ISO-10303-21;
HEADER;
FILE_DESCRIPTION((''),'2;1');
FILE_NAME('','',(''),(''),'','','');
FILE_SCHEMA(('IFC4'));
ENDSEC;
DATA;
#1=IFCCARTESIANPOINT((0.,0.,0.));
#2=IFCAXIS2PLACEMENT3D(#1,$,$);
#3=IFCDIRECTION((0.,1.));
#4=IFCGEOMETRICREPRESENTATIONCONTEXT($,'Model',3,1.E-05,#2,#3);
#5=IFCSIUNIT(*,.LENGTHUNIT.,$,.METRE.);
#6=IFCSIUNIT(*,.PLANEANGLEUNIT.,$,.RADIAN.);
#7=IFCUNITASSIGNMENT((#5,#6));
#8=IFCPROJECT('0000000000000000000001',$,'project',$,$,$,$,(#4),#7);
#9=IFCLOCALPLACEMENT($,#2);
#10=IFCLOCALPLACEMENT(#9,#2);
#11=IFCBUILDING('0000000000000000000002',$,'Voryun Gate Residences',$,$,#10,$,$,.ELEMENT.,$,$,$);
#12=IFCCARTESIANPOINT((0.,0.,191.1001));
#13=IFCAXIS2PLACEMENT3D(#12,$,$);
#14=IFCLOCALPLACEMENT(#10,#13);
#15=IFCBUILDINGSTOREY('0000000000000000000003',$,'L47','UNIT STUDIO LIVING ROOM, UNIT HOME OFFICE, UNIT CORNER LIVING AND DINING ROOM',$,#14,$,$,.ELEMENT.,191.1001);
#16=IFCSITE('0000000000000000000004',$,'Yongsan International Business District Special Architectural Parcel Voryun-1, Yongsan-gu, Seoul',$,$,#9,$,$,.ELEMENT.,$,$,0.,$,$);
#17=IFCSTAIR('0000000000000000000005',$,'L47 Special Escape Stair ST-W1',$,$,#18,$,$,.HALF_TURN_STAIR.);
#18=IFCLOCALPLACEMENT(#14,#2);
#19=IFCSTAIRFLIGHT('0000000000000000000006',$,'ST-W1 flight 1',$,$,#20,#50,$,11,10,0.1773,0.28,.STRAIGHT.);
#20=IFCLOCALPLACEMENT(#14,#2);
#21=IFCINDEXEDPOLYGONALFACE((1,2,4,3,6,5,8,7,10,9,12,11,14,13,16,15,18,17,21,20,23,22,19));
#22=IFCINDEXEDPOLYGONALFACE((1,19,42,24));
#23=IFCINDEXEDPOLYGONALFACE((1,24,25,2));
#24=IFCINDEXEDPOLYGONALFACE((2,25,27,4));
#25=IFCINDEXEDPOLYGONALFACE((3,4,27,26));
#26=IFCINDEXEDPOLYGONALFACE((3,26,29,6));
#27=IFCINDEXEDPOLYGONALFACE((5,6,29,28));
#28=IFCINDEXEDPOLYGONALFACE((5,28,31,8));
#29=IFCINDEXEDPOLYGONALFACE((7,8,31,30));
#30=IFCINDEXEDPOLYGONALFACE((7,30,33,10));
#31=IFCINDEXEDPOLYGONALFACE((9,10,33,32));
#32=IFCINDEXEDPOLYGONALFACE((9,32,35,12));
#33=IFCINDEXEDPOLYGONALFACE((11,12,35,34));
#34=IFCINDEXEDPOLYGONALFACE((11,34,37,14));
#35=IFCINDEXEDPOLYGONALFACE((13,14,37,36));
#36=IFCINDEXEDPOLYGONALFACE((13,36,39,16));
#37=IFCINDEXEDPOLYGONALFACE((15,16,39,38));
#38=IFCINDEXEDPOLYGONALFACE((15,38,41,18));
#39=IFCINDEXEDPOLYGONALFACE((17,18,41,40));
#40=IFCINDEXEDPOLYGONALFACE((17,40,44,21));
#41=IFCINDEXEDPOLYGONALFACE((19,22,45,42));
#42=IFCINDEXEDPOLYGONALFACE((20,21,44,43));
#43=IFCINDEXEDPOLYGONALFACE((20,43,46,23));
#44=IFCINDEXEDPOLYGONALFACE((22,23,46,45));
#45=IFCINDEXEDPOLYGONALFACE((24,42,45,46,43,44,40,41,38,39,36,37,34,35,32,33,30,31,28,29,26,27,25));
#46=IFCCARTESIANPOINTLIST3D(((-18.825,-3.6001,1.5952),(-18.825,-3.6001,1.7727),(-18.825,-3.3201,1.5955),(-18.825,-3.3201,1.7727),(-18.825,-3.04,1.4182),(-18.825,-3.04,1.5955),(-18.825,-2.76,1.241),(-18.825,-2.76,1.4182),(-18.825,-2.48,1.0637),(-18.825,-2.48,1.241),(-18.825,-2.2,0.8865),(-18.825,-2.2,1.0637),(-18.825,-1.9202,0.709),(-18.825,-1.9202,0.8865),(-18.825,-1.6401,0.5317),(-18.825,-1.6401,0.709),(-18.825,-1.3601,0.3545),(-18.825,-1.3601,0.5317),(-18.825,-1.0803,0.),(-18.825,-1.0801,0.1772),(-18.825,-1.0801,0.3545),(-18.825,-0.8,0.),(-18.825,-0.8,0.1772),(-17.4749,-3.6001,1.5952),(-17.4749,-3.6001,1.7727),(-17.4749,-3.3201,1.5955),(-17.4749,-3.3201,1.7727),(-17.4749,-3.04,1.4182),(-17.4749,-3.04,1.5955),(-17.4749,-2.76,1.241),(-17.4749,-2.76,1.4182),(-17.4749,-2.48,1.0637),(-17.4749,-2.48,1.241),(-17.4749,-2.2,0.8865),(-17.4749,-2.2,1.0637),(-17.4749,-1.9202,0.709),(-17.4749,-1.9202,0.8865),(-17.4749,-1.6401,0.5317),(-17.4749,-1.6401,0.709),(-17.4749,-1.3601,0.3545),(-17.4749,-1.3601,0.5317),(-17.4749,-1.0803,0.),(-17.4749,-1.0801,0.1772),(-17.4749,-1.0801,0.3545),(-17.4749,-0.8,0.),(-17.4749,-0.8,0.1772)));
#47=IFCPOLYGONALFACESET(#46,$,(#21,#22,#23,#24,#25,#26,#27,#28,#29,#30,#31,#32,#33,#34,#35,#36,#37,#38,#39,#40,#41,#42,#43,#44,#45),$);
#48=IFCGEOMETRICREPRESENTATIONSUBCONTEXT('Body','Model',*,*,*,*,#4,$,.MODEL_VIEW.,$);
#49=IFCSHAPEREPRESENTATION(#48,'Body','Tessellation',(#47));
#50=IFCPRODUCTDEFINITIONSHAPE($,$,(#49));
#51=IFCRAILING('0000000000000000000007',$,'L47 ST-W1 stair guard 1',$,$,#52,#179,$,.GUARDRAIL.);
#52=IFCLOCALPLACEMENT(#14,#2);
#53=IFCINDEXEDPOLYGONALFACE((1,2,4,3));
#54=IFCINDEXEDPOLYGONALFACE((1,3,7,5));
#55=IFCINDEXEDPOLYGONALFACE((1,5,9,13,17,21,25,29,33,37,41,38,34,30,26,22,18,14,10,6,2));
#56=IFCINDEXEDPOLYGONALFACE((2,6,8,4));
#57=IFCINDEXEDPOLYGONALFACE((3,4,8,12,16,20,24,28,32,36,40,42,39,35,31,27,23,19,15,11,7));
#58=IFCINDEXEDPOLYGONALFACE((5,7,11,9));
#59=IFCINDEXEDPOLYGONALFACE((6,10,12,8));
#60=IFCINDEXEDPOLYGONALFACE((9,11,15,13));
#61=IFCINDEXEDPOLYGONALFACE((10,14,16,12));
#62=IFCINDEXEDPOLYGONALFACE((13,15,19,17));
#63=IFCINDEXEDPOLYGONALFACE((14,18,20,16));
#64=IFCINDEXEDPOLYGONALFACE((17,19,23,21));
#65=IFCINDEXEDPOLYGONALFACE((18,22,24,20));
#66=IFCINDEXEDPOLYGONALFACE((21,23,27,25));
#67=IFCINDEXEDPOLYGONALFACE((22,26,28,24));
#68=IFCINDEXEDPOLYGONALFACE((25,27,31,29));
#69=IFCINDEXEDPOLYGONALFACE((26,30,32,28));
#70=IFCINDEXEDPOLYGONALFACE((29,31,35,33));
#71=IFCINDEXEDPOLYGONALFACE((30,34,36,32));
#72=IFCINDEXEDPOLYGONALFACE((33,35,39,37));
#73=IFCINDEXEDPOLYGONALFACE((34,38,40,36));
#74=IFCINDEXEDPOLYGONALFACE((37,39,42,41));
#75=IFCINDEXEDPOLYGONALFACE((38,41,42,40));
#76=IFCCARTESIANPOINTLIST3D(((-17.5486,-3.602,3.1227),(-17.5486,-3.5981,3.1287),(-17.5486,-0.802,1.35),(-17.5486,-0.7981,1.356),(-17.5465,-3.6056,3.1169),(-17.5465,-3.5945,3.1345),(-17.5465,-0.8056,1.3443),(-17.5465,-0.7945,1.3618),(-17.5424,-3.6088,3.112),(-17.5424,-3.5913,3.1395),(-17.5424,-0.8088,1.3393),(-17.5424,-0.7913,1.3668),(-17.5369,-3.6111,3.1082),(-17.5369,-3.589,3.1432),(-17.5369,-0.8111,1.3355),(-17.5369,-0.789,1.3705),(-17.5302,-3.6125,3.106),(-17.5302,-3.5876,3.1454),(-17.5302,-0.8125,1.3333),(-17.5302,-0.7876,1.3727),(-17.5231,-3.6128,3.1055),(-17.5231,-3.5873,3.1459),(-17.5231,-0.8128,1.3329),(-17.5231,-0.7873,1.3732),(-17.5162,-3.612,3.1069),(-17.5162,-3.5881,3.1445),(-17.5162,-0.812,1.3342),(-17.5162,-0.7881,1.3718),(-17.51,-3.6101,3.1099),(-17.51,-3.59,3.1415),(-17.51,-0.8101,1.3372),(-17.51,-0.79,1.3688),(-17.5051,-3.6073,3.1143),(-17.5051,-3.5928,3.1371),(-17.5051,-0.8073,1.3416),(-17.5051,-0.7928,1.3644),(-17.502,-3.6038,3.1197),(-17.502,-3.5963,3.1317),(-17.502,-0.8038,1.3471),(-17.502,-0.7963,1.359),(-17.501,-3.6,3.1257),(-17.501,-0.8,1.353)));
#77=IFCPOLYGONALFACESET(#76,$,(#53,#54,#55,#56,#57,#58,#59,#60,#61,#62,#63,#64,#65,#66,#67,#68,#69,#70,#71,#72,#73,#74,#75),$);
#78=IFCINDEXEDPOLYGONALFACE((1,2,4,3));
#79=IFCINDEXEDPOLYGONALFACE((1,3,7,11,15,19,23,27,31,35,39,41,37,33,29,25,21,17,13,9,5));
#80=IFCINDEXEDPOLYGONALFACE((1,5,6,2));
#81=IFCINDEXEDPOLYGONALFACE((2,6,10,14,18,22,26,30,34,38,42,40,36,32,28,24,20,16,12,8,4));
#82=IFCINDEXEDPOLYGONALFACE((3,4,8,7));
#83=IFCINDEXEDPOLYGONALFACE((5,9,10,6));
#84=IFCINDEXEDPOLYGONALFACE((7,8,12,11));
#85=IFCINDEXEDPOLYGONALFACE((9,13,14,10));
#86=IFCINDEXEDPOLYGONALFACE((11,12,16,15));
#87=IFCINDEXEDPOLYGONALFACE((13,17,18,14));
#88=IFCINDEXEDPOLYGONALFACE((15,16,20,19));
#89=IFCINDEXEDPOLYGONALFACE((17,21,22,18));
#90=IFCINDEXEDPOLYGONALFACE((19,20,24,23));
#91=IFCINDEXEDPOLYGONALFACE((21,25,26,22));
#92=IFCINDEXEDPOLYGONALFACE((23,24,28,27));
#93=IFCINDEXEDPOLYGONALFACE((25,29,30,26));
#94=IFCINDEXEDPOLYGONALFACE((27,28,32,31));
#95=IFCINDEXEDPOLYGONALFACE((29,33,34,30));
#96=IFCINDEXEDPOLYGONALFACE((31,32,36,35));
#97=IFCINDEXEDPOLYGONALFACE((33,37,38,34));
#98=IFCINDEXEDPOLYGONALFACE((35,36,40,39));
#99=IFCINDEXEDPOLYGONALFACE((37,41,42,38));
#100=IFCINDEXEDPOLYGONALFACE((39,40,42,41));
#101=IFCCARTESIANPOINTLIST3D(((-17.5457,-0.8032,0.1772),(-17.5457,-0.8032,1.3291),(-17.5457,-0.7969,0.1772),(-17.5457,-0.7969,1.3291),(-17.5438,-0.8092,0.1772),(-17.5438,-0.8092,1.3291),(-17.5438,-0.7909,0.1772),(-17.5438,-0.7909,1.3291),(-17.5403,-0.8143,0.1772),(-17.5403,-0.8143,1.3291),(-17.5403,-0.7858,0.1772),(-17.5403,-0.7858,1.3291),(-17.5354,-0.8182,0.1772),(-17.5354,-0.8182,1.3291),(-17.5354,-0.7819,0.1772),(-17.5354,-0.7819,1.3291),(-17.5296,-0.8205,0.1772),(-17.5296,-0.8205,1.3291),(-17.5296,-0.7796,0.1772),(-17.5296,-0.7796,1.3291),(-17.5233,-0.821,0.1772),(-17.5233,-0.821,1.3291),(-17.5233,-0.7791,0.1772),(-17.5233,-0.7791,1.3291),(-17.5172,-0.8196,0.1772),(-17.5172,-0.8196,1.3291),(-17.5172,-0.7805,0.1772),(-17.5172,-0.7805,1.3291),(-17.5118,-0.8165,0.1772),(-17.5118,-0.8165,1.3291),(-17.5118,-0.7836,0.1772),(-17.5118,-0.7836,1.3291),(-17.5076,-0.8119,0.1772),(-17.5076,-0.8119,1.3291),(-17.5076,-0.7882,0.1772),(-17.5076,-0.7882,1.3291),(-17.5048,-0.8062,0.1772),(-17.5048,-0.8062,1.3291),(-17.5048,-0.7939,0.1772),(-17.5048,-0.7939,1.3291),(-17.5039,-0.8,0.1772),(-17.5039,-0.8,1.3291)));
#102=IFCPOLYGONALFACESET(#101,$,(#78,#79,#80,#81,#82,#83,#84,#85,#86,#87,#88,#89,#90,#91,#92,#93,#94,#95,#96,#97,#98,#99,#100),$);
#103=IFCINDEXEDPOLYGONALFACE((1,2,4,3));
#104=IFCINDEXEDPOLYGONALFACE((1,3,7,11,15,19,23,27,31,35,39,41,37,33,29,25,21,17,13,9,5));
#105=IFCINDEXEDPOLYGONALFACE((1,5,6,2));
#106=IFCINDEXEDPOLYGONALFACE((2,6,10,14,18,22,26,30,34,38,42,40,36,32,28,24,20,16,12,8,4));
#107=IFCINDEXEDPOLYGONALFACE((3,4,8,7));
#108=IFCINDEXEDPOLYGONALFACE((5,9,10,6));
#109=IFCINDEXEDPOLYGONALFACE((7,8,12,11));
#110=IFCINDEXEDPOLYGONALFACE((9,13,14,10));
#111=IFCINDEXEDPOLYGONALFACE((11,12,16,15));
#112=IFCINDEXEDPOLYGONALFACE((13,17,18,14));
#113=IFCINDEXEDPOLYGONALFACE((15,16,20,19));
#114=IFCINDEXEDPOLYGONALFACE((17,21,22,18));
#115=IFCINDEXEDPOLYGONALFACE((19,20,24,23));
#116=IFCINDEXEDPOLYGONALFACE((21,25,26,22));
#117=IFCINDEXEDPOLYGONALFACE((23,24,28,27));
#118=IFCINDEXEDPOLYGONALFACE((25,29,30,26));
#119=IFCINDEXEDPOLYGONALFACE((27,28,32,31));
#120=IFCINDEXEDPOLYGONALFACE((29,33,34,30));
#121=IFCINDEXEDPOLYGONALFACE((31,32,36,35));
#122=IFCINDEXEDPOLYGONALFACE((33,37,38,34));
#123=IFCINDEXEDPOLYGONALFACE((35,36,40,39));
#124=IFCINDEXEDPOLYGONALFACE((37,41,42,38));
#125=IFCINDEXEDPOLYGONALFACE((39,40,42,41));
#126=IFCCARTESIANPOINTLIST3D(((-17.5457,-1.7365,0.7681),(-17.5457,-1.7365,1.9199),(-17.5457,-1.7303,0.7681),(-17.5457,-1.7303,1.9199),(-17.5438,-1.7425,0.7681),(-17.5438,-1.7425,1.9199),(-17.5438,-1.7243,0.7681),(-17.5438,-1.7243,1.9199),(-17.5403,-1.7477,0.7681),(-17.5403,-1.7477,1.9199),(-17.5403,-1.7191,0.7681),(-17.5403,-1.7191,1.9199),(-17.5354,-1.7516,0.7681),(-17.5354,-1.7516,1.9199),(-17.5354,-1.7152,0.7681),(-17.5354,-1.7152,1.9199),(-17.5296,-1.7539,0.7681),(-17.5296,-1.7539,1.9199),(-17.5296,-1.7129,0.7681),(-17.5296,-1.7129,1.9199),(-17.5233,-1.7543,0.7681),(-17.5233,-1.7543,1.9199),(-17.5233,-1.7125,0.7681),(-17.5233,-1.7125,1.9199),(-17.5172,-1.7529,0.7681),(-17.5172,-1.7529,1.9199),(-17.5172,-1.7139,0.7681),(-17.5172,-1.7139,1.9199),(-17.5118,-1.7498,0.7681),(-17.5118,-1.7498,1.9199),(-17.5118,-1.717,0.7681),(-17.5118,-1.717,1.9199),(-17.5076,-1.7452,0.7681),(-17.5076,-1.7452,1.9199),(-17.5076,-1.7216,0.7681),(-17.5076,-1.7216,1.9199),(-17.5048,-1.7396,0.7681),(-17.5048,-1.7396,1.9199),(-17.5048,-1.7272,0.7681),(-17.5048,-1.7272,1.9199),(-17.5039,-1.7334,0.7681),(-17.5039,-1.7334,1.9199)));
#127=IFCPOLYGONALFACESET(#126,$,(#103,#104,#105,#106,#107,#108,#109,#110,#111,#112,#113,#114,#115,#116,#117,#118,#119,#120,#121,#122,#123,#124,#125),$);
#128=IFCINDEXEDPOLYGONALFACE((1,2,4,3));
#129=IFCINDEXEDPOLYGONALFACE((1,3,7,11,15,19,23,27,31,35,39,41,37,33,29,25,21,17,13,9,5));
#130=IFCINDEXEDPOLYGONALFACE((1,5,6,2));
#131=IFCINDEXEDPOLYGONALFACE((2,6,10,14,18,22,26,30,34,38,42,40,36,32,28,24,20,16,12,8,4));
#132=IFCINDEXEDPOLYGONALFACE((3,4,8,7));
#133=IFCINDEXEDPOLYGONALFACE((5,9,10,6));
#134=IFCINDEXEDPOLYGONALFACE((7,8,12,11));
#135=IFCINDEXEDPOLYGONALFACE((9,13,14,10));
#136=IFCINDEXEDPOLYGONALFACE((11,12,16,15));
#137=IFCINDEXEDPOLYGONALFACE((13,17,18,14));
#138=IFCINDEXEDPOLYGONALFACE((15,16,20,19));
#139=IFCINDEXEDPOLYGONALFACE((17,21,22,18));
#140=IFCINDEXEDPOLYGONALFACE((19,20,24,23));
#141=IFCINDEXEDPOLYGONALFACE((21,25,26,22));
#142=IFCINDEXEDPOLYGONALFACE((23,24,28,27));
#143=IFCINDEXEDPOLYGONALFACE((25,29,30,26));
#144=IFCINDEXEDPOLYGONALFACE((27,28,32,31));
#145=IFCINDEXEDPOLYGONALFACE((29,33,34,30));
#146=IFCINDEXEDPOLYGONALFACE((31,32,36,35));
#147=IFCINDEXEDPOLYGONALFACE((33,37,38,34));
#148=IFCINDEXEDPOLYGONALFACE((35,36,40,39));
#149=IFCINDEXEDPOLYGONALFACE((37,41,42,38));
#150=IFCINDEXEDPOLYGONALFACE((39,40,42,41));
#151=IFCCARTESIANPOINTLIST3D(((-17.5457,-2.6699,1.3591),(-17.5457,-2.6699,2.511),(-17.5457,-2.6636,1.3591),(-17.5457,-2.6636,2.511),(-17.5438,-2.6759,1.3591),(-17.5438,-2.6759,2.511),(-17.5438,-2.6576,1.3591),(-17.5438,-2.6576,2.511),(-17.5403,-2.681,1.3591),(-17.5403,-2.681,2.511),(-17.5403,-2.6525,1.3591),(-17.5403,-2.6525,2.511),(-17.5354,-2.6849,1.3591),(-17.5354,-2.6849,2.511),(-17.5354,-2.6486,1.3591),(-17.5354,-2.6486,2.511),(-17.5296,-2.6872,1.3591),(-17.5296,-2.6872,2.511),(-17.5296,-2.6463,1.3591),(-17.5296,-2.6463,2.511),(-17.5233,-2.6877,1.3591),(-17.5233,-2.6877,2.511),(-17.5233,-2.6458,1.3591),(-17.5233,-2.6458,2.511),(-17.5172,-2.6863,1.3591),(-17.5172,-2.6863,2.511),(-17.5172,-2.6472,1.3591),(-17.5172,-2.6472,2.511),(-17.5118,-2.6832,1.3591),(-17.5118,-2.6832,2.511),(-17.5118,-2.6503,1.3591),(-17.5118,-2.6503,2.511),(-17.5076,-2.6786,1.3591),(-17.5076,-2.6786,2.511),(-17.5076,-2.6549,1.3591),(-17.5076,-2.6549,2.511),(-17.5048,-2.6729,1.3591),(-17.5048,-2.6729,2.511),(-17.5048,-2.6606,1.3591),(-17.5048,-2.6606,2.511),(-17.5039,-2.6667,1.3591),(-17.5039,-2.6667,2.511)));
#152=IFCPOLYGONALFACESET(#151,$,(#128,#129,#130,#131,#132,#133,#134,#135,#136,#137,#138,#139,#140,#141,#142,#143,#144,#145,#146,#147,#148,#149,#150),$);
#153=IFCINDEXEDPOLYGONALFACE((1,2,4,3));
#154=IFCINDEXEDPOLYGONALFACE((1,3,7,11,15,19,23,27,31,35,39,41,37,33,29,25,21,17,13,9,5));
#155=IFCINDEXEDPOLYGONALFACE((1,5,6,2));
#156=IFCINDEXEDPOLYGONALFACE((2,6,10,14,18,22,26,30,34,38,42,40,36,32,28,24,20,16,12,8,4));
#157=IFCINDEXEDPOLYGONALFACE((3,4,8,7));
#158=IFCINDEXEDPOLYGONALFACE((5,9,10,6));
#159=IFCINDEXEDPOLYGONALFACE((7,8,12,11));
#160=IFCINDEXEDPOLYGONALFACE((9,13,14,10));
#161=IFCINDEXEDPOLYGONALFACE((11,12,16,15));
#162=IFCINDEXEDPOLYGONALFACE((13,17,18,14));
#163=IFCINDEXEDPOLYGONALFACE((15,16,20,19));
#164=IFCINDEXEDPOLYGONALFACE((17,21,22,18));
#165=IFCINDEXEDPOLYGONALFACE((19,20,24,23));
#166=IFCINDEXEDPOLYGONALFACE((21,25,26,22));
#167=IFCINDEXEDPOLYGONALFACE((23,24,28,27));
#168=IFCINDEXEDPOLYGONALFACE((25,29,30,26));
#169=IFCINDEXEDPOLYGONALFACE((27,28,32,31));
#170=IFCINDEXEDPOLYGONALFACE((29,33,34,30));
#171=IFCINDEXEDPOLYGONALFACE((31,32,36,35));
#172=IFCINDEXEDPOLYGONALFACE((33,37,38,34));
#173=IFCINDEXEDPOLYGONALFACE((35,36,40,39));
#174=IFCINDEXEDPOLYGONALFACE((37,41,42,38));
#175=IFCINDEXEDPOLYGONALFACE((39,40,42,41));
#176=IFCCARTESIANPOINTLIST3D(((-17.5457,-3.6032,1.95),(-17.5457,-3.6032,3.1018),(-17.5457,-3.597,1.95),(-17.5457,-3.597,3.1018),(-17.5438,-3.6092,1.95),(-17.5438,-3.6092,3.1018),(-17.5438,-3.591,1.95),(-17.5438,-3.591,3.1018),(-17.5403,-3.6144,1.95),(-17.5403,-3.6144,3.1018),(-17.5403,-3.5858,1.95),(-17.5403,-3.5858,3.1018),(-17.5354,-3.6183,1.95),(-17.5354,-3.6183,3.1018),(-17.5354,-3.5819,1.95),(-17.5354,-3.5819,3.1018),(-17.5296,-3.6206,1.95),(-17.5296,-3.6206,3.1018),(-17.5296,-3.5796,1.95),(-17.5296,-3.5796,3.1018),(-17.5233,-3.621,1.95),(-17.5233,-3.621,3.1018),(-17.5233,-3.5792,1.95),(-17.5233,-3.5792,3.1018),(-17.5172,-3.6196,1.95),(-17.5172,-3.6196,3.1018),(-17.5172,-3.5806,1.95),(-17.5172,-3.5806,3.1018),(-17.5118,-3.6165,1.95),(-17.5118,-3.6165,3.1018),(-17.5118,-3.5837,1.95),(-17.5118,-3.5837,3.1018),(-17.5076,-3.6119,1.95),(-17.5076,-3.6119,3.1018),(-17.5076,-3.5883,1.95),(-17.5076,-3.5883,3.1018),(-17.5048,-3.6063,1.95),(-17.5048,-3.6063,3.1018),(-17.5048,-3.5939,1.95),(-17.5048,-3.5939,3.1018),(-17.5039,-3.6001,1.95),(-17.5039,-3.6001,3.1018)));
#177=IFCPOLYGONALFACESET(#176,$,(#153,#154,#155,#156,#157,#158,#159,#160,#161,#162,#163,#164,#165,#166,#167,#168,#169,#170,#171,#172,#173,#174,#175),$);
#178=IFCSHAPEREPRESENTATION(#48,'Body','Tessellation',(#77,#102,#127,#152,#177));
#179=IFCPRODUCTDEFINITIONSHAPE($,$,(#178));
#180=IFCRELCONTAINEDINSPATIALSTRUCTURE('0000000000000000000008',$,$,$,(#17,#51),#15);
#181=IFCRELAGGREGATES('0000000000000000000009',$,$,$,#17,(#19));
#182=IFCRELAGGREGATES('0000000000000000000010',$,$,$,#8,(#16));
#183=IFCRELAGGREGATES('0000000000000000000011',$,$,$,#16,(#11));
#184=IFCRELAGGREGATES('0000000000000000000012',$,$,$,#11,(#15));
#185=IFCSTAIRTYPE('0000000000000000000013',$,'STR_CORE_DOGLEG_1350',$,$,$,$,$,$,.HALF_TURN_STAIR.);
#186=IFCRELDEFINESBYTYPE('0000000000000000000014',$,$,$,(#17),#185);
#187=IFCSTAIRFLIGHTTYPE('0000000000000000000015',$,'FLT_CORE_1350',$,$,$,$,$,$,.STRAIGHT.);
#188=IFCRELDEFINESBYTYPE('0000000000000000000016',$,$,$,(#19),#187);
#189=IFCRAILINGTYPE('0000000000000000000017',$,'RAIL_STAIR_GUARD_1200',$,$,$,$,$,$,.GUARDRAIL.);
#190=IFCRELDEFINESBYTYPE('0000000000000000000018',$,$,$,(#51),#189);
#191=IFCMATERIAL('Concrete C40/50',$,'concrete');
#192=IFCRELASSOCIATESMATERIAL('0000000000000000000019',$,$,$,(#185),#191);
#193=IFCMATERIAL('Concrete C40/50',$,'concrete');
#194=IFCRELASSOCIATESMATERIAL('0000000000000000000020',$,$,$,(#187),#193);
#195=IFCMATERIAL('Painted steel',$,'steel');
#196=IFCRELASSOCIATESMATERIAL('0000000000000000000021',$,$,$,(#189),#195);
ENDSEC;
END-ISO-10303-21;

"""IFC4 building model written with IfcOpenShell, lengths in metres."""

from ifc_helpers import new_model, si_unit, direction, frame, origin, origin_2d, place, context, subcontext, project, spatial, polyline, circle, outline, extrude, material, type_object, element, aggregate, save


model = new_model("IFC4")

# Units and contexts
model_context = context("Model", 3, precision=1e-05, world=origin(), true_north=direction((0.0, 1.0)))
body_context = subcontext(model_context, "Body", "Model", "MODEL_VIEW")
ifc_project = project(units=[si_unit("LENGTHUNIT", "METRE"), si_unit("PLANEANGLEUNIT", "RADIAN")], contexts=[model_context])

# Site, building, storey
site_placement = place(None, origin())
site = spatial("IfcSite", under=ifc_project, at=site_placement, Name="Yongsan International Business District Special Architectural Parcel Voryun-1, Yongsan-gu, Seoul", CompositionType="ELEMENT", RefElevation=0.0)
building_placement = place(site_placement, origin())
building = spatial("IfcBuilding", under=site, at=building_placement, Name="Voryun Gate Residences", CompositionType="ELEMENT")
storey_placement = place(building_placement, frame((0.0, 0.0, 191.1001)))
storey = spatial("IfcBuildingStorey", under=building, at=storey_placement, Name="L47", Description="UNIT STUDIO LIVING ROOM, UNIT HOME OFFICE, UNIT CORNER LIVING AND DINING ROOM", CompositionType="ELEMENT", Elevation=191.1001)

# Stair, stair flight
ifc_material_1 = material(Name="Concrete C40/50", Category="concrete")
stair_type = type_object("IfcStairType", Name="STR_CORE_DOGLEG_1350", PredefinedType="HALF_TURN_STAIR", material=ifc_material_1)
stair_placement = place(storey_placement, origin())
stair = element("IfcStair", 1, at=stair_placement, inside=storey, type_object=stair_type, Name="L47 Special Escape Stair ST-W1", PredefinedType="HALF_TURN_STAIR")
ifc_material_2 = material(Name="Concrete C40/50", Category="concrete")
stair_flight_type = type_object("IfcStairFlightType", Name="FLT_CORE_1350", PredefinedType="STRAIGHT", material=ifc_material_2)
stair_flight_placement = place(storey_placement, frame((-18.1499, -0.8, 0.0), z_axis=(0.0, 0.0, 1.0), x_axis=(0.0, -1.0, 0.0)))
stair_flight = element("IfcStairFlight", 2, at=stair_flight_placement, type_object=stair_flight_type, Name="ST-W1 flight 1", NumberOfRisers=11, NumberOfTreads=10, PredefinedType="STRAIGHT", RiserHeight=0.1773, TreadLength=0.28, context=body_context, shape_type="SweptSolid", body=[
    extrude(outline(polyline([(0.0, 0.0), (0.0, 0.1772), (0.28, 0.1772), (0.28, 0.3545), (0.5601, 0.3545), (0.5601, 0.5317), (0.8401, 0.5317), (0.8401, 0.709), (1.1201, 0.709), (1.1201, 0.8865), (1.3999, 0.8865), (1.3999, 1.0637), (1.6799, 1.0637), (1.6799, 1.241), (1.96, 1.241), (1.96, 1.4182), (2.24, 1.4182), (2.24, 1.5955), (2.52, 1.5955), (2.52, 1.7727), (2.8, 1.7727), (2.8, 1.95), (2.8, 1.5952), (0.2803, 0.0), (0.0, 0.0)])), frame((0.0, 0.675, 0.0), z_axis=(0.0, -1.0, 0.0), x_axis=(1.0, 0.0, 0.0)), (0.0, 0.0, 1.0), 1.3501),
])
aggregate(stair, [stair_flight])

# Railing
ifc_material_3 = material(Name="Painted steel", Category="steel")
railing_type_1 = type_object("IfcRailingType", Name="RAIL_STAIR_GUARD_1200", PredefinedType="GUARDRAIL", material=ifc_material_3)
railing_1_placement = place(storey_placement, frame((-17.5249, -0.8, 0.1772)))
element("IfcRailing", 3, at=railing_1_placement, inside=storey, type_object=railing_type_1, Name="L47 ST-W1 stair guard 1", PredefinedType="GUARDRAIL", context=body_context, shape_type="SweptSolid", body=[
    extrude(circle(Radius=0.0239, at=origin_2d()), frame((0.0, 0.0, 1.1758), z_axis=(0.0, -0.844909, 0.53491), x_axis=(1.0, 0.0, 0.0)), (0.0, 0.0, 1.0), 3.314),
    extrude(circle(Radius=0.021, at=origin_2d()), origin(), (0.0, 0.0, 1.0), 1.1519),
    extrude(circle(Radius=0.021, at=origin_2d()), frame((0.0, -0.9333, 0.5908)), (0.0, 0.0, 1.0), 1.1519),
    extrude(circle(Radius=0.021, at=origin_2d()), frame((0.0, -1.8667, 1.1819)), (0.0, 0.0, 1.0), 1.1519),
    extrude(circle(Radius=0.021, at=origin_2d()), frame((0.0, -2.8, 1.7727)), (0.0, 0.0, 1.0), 1.1519),
])

save(model, "model.ifc")
